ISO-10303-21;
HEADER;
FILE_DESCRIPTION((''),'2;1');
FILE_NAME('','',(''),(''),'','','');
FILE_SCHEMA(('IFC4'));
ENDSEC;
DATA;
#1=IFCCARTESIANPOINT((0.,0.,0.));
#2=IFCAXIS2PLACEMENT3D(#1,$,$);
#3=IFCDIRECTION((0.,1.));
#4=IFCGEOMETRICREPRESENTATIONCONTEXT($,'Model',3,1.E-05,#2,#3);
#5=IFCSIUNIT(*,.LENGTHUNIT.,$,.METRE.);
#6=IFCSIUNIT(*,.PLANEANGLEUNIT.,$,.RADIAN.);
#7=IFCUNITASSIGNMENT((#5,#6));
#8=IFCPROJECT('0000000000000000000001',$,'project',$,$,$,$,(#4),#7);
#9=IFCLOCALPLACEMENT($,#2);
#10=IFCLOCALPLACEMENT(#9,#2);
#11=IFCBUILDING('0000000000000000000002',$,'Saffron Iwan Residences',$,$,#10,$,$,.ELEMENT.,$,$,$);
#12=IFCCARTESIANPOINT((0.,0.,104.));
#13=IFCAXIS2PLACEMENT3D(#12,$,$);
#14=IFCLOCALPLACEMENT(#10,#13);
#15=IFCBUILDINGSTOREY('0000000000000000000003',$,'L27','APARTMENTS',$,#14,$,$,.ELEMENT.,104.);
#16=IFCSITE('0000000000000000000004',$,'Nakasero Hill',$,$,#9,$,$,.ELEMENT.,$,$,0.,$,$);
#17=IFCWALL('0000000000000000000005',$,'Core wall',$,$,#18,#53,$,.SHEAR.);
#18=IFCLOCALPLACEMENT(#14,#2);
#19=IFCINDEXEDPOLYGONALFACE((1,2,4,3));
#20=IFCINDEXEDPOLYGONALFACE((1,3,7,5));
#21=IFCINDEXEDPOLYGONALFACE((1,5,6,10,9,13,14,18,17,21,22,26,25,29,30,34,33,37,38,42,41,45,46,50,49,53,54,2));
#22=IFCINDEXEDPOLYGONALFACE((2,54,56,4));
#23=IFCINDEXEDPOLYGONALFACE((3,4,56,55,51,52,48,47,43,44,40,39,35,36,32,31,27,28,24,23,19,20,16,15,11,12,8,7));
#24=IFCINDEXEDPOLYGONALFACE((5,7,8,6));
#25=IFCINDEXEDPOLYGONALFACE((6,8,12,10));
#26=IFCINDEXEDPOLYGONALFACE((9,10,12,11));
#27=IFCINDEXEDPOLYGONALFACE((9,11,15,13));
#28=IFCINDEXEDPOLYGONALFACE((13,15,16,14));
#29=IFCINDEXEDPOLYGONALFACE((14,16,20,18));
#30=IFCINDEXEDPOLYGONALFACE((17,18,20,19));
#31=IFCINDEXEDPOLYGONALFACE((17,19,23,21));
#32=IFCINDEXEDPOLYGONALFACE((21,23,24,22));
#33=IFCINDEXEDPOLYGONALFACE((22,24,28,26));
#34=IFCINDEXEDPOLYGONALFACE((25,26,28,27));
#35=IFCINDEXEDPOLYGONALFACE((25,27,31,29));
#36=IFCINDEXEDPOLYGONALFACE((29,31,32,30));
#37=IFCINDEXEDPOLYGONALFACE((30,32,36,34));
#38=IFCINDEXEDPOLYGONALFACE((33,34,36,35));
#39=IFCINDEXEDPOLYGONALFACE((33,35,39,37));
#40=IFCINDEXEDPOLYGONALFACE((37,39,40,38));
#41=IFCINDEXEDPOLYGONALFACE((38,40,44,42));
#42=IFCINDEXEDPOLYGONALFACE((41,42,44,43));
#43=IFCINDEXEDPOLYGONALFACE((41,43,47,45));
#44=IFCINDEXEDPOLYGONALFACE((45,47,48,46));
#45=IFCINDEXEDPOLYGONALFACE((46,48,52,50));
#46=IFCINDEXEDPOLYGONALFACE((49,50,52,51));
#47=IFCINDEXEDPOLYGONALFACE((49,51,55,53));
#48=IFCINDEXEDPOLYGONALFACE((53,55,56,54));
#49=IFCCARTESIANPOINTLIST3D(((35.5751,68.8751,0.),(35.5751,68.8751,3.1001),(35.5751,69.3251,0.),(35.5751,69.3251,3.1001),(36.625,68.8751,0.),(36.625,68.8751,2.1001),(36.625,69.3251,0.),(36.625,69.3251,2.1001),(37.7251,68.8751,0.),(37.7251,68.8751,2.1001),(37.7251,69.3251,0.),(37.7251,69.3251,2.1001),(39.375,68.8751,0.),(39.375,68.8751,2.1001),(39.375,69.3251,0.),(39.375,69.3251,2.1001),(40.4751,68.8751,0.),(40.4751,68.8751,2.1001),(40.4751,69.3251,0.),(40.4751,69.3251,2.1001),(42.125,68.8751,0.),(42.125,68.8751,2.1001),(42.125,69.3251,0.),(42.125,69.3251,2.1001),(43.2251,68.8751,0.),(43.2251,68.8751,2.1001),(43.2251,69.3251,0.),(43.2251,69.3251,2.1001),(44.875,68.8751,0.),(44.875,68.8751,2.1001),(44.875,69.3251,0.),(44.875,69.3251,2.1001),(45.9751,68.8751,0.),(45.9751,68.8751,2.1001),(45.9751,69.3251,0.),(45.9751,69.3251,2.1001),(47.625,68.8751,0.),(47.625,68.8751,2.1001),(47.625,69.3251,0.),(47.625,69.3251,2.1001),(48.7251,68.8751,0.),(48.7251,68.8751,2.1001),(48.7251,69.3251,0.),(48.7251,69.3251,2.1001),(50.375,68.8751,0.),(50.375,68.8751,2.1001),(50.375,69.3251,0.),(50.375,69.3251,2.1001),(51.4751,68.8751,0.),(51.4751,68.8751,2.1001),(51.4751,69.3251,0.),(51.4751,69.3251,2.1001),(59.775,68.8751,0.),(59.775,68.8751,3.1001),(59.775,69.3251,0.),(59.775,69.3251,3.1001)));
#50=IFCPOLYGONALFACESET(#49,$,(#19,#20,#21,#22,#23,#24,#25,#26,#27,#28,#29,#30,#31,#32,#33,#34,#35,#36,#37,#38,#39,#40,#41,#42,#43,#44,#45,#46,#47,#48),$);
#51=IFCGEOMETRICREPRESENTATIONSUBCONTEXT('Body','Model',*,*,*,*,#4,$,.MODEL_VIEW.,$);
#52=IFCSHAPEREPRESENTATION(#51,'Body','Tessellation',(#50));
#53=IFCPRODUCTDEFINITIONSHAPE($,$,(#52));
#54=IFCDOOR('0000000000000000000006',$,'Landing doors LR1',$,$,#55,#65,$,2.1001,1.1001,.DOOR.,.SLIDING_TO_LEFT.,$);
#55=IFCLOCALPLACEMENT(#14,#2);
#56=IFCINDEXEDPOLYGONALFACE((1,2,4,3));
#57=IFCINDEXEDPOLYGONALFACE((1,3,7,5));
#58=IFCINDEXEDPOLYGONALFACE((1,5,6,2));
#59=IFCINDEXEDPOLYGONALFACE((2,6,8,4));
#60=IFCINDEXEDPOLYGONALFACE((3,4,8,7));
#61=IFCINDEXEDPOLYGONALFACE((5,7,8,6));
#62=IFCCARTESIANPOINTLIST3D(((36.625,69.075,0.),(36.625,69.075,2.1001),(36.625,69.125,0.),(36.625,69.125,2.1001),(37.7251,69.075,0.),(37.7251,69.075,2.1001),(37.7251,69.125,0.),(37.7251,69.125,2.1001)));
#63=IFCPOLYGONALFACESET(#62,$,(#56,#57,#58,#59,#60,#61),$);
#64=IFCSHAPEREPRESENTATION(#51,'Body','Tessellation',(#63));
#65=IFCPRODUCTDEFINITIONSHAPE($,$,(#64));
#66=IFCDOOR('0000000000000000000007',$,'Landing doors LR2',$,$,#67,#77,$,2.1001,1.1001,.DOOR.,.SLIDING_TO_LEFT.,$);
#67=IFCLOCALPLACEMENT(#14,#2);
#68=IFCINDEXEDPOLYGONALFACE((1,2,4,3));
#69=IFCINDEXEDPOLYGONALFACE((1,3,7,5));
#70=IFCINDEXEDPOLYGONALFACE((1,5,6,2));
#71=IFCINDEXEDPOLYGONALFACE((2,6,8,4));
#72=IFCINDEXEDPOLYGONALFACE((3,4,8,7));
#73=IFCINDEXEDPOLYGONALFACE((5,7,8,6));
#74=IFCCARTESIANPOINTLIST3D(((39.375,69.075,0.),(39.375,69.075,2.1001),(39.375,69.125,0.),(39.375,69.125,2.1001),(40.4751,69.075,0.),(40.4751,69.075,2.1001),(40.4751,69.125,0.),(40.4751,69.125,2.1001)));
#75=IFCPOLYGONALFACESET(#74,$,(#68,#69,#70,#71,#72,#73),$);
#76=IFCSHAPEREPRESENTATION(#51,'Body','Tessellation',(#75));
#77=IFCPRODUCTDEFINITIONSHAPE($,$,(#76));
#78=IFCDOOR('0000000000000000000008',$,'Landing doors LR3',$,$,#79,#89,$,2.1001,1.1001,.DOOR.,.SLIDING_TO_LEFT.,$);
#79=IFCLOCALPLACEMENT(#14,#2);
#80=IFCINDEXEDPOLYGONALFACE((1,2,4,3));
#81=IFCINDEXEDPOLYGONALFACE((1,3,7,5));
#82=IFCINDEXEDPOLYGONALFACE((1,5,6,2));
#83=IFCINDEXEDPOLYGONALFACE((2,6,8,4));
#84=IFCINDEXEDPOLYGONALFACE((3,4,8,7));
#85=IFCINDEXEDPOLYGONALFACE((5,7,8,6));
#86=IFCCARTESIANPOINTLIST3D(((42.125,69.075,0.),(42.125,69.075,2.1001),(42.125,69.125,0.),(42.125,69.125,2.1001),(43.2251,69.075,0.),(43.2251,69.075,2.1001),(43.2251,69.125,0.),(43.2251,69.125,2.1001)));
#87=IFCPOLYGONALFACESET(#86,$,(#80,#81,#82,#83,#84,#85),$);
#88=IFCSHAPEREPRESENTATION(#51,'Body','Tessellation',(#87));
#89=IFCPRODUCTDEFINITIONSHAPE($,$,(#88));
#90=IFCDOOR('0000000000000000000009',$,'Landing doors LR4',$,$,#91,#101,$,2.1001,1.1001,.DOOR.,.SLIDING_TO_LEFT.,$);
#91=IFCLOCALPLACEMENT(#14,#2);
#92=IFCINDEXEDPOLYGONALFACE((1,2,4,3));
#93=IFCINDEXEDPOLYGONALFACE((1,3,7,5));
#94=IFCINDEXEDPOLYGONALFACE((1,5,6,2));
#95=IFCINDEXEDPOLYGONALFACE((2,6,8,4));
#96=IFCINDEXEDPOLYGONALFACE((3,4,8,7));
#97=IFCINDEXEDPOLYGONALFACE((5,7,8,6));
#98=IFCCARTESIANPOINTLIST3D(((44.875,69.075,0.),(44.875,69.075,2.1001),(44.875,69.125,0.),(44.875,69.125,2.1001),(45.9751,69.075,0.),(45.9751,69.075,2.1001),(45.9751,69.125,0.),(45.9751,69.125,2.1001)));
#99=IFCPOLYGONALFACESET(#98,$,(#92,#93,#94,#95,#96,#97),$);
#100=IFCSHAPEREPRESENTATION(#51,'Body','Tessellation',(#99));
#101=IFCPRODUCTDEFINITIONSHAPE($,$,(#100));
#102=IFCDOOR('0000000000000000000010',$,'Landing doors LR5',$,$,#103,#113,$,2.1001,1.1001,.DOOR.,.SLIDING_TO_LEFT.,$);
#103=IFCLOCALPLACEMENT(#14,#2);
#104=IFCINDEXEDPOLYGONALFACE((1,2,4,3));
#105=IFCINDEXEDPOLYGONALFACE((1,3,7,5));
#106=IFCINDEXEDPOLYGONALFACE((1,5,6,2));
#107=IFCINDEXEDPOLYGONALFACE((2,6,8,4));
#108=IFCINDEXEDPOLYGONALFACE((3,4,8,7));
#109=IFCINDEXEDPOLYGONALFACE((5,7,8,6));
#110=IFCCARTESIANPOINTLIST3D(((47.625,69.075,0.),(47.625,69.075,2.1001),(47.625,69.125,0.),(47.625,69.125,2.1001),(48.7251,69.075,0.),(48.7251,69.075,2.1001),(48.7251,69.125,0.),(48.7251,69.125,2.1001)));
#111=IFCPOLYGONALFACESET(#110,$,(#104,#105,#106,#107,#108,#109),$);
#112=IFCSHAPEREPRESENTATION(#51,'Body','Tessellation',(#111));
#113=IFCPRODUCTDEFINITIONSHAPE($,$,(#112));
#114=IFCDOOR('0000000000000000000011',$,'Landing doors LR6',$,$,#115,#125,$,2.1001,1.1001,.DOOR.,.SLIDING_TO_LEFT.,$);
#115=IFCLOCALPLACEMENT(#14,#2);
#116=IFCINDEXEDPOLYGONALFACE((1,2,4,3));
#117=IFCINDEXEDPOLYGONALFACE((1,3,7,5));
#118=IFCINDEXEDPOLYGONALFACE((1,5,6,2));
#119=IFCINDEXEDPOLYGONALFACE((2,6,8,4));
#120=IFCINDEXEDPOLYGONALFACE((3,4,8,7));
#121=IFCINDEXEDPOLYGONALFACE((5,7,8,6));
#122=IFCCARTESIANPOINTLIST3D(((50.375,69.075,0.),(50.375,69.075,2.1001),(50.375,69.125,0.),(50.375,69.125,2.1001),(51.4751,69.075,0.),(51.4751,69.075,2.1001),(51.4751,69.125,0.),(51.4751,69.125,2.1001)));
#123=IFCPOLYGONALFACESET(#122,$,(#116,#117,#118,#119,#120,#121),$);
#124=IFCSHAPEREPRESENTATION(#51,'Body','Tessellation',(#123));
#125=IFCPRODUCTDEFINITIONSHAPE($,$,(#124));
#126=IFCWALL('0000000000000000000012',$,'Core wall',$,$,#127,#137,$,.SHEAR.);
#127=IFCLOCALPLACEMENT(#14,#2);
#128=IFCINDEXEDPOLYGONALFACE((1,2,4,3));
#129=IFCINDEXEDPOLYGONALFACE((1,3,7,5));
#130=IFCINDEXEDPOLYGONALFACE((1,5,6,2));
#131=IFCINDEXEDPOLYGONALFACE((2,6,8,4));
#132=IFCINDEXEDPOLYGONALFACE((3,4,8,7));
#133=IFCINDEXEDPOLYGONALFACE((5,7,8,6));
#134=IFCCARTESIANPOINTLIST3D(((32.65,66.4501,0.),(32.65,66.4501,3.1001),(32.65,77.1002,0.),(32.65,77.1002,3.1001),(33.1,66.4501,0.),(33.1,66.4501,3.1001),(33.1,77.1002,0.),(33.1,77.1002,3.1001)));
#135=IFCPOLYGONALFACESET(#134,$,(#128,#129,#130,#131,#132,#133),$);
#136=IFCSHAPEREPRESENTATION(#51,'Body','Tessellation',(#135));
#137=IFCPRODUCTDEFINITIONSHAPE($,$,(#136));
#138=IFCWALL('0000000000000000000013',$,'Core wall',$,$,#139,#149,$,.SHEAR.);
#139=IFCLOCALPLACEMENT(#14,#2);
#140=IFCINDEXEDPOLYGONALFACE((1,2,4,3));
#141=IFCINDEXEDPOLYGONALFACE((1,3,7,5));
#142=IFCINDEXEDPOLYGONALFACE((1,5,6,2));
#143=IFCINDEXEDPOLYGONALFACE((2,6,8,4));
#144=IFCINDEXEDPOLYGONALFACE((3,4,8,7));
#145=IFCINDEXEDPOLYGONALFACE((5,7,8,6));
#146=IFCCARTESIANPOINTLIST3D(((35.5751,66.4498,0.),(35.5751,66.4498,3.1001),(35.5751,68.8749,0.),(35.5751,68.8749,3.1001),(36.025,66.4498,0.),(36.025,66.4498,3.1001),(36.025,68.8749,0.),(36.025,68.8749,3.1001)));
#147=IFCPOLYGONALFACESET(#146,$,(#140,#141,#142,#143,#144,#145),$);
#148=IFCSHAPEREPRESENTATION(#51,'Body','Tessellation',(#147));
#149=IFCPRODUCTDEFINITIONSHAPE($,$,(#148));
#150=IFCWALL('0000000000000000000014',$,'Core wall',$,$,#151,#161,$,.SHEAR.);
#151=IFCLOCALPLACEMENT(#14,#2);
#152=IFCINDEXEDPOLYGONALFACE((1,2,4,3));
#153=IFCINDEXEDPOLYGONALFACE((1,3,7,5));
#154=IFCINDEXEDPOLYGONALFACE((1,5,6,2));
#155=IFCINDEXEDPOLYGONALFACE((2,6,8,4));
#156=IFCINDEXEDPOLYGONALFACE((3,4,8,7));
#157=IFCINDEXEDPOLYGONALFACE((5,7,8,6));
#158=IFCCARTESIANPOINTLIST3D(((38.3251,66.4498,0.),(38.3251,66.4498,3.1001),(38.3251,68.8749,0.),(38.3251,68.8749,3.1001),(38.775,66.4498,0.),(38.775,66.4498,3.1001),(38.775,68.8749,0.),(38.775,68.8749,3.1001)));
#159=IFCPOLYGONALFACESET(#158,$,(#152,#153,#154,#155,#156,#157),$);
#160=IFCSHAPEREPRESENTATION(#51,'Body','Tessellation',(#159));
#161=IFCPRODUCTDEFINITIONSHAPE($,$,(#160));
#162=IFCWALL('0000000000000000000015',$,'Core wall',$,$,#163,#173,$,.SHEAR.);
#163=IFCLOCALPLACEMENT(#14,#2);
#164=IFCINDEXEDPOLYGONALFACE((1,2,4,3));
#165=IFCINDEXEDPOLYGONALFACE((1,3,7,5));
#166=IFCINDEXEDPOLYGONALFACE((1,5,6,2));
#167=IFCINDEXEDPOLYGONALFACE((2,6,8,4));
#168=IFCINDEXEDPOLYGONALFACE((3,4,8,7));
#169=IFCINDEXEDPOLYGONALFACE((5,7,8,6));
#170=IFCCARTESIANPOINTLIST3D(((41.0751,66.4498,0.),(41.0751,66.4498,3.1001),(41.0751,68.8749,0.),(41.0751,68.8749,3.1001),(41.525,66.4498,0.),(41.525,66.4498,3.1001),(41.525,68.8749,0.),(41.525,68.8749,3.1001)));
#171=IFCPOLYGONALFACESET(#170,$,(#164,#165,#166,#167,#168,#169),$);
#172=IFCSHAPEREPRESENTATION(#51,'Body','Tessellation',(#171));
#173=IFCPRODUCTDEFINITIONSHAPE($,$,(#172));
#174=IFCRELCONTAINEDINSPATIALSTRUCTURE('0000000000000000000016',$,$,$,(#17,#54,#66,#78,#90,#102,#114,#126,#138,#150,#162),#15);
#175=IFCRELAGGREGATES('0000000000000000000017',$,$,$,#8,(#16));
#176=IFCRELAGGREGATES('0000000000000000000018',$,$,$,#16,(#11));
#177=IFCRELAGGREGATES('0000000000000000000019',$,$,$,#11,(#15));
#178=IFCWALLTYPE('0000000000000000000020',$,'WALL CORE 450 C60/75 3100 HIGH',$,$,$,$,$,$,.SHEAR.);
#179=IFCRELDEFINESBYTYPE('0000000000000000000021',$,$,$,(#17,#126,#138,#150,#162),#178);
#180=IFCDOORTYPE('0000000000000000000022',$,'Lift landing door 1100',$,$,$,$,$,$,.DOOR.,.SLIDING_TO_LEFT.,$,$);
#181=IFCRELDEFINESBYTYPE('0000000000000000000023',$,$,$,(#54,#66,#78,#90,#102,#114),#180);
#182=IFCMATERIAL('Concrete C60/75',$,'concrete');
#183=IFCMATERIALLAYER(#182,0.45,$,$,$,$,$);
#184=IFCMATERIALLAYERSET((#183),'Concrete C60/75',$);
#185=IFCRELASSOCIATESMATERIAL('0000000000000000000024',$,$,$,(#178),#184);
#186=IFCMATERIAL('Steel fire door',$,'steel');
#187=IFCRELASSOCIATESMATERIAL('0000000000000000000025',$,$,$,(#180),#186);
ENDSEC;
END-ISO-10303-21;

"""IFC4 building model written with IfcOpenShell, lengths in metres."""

from ifc_helpers import new_model, si_unit, direction, frame, frame_2d, origin, place, context, subcontext, project, spatial, rectangle, extrude, material, layer, layer_set, type_object, element, fill, save


model = new_model("IFC4")

# Units and contexts
model_context = context("Model", 3, precision=1e-05, world=origin(), true_north=direction((0.0, 1.0)))
body_context = subcontext(model_context, "Body", "Model", "MODEL_VIEW")
ifc_project = project(units=[si_unit("LENGTHUNIT", "METRE"), si_unit("PLANEANGLEUNIT", "RADIAN")], contexts=[model_context])

# Site, building, storey
site_placement = place(None, origin())
site = spatial("IfcSite", under=ifc_project, at=site_placement, Name="Nakasero Hill", CompositionType="ELEMENT", RefElevation=0.0)
building_placement = place(site_placement, origin())
building = spatial("IfcBuilding", under=site, at=building_placement, Name="Saffron Iwan Residences", CompositionType="ELEMENT")
storey_placement = place(building_placement, frame((0.0, 0.0, 104.0)))
storey = spatial("IfcBuildingStorey", under=building, at=storey_placement, Name="L27", Description="APARTMENTS", CompositionType="ELEMENT", Elevation=104.0)

# Wall, openings, doors
ifc_material_1 = material(Name="Concrete C60/75", Category="concrete")
ifc_layer_1 = layer(ifc_material_1, 0.45)
ifc_layer_set_1 = layer_set([ifc_layer_1], Name="Concrete C60/75")
wall_type_1 = type_object("IfcWallType", Name="WALL CORE 450 C60/75 3100 HIGH", PredefinedType="SHEAR", material=ifc_layer_set_1)
ifc_material_2 = material(Name="Steel fire door", Category="steel")
wall_1_placement = place(storey_placement, frame((35.575, 69.1001, 0.0), z_axis=(0.0, 0.0, 1.0), x_axis=(1.0, 0.0, 0.0)))
wall_1 = element("IfcWall", 1, at=wall_1_placement, inside=storey, type_object=wall_type_1, Name="Core wall", PredefinedType="SHEAR", context=body_context, shape_type="SweptSolid", body=[
    extrude(rectangle(XDim=24.2, YDim=0.45, at=frame_2d((12.1001, 0.0))), origin(), (0.0, 0.0, 1.0), 3.1001),
])
opening_1_placement = place(wall_1_placement, frame((1.05, 0.0, 0.0)))
opening_1 = element("IfcOpeningElement", 2, at=opening_1_placement, cuts=wall_1, PredefinedType="OPENING", context=body_context, shape_type="SweptSolid", body=[
    extrude(rectangle(XDim=1.1001, YDim=2.1001, at=frame_2d((0.55, 1.05))), frame((0.0, 0.2349, 0.0), z_axis=(0.0, -1.0, 0.0), x_axis=(1.0, 0.0, 0.0)), (0.0, 0.0, 1.0), 0.47),
])
opening_2_placement = place(wall_1_placement, frame((3.8, 0.0, 0.0)))
opening_2 = element("IfcOpeningElement", 3, at=opening_2_placement, cuts=wall_1, PredefinedType="OPENING", context=body_context, shape_type="SweptSolid", body=[
    extrude(rectangle(XDim=1.1001, YDim=2.1001, at=frame_2d((0.55, 1.05))), frame((0.0, 0.2349, 0.0), z_axis=(0.0, -1.0, 0.0), x_axis=(1.0, 0.0, 0.0)), (0.0, 0.0, 1.0), 0.47),
])
opening_3_placement = place(wall_1_placement, frame((6.55, 0.0, 0.0)))
opening_3 = element("IfcOpeningElement", 4, at=opening_3_placement, cuts=wall_1, PredefinedType="OPENING", context=body_context, shape_type="SweptSolid", body=[
    extrude(rectangle(XDim=1.1001, YDim=2.1001, at=frame_2d((0.55, 1.05))), frame((0.0, 0.2349, 0.0), z_axis=(0.0, -1.0, 0.0), x_axis=(1.0, 0.0, 0.0)), (0.0, 0.0, 1.0), 0.47),
])
opening_4_placement = place(wall_1_placement, frame((9.3, 0.0, 0.0)))
opening_4 = element("IfcOpeningElement", 5, at=opening_4_placement, cuts=wall_1, PredefinedType="OPENING", context=body_context, shape_type="SweptSolid", body=[
    extrude(rectangle(XDim=1.1001, YDim=2.1001, at=frame_2d((0.55, 1.05))), frame((0.0, 0.2349, 0.0), z_axis=(0.0, -1.0, 0.0), x_axis=(1.0, 0.0, 0.0)), (0.0, 0.0, 1.0), 0.47),
])
opening_5_placement = place(wall_1_placement, frame((12.05, 0.0, 0.0)))
opening_5 = element("IfcOpeningElement", 6, at=opening_5_placement, cuts=wall_1, PredefinedType="OPENING", context=body_context, shape_type="SweptSolid", body=[
    extrude(rectangle(XDim=1.1001, YDim=2.1001, at=frame_2d((0.55, 1.05))), frame((0.0, 0.2349, 0.0), z_axis=(0.0, -1.0, 0.0), x_axis=(1.0, 0.0, 0.0)), (0.0, 0.0, 1.0), 0.47),
])
opening_6_placement = place(wall_1_placement, frame((14.8, 0.0, 0.0)))
opening_6 = element("IfcOpeningElement", 7, at=opening_6_placement, cuts=wall_1, PredefinedType="OPENING", context=body_context, shape_type="SweptSolid", body=[
    extrude(rectangle(XDim=1.1001, YDim=2.1001, at=frame_2d((0.55, 1.05))), frame((0.0, 0.2349, 0.0), z_axis=(0.0, -1.0, 0.0), x_axis=(1.0, 0.0, 0.0)), (0.0, 0.0, 1.0), 0.47),
])
door_type_1 = type_object("IfcDoorType", Name="Lift landing door 1100", OperationType="SLIDING_TO_LEFT", PredefinedType="DOOR", material=ifc_material_2)
door_1_placement = place(opening_1_placement, origin())
door_1 = element("IfcDoor", 8, at=door_1_placement, inside=storey, type_object=door_type_1, Name="Landing doors LR1", OperationType="SLIDING_TO_LEFT", OverallHeight=2.1001, OverallWidth=1.1001, PredefinedType="DOOR", context=body_context, shape_type="SweptSolid", body=[
    extrude(rectangle(XDim=1.1001, YDim=2.1001, at=frame_2d((0.55, 1.05))), frame((0.0, 0.0249, 0.0), z_axis=(0.0, -1.0, 0.0), x_axis=(1.0, 0.0, 0.0)), (0.0, 0.0, 1.0), 0.05),
])
fill(opening_1, door_1)
door_2_placement = place(opening_2_placement, origin())
door_2 = element("IfcDoor", 9, at=door_2_placement, inside=storey, type_object=door_type_1, Name="Landing doors LR2", OperationType="SLIDING_TO_LEFT", OverallHeight=2.1001, OverallWidth=1.1001, PredefinedType="DOOR", context=body_context, shape_type="SweptSolid", body=[
    extrude(rectangle(XDim=1.1001, YDim=2.1001, at=frame_2d((0.55, 1.05))), frame((0.0, 0.0249, 0.0), z_axis=(0.0, -1.0, 0.0), x_axis=(1.0, 0.0, 0.0)), (0.0, 0.0, 1.0), 0.05),
])
fill(opening_2, door_2)
door_3_placement = place(opening_3_placement, origin())
door_3 = element("IfcDoor", 10, at=door_3_placement, inside=storey, type_object=door_type_1, Name="Landing doors LR3", OperationType="SLIDING_TO_LEFT", OverallHeight=2.1001, OverallWidth=1.1001, PredefinedType="DOOR", context=body_context, shape_type="SweptSolid", body=[
    extrude(rectangle(XDim=1.1001, YDim=2.1001, at=frame_2d((0.55, 1.05))), frame((0.0, 0.0249, 0.0), z_axis=(0.0, -1.0, 0.0), x_axis=(1.0, 0.0, 0.0)), (0.0, 0.0, 1.0), 0.05),
])
fill(opening_3, door_3)
door_4_placement = place(opening_4_placement, origin())
door_4 = element("IfcDoor", 11, at=door_4_placement, inside=storey, type_object=door_type_1, Name="Landing doors LR4", OperationType="SLIDING_TO_LEFT", OverallHeight=2.1001, OverallWidth=1.1001, PredefinedType="DOOR", context=body_context, shape_type="SweptSolid", body=[
    extrude(rectangle(XDim=1.1001, YDim=2.1001, at=frame_2d((0.55, 1.05))), frame((0.0, 0.0249, 0.0), z_axis=(0.0, -1.0, 0.0), x_axis=(1.0, 0.0, 0.0)), (0.0, 0.0, 1.0), 0.05),
])
fill(opening_4, door_4)
door_5_placement = place(opening_5_placement, origin())
door_5 = element("IfcDoor", 12, at=door_5_placement, inside=storey, type_object=door_type_1, Name="Landing doors LR5", OperationType="SLIDING_TO_LEFT", OverallHeight=2.1001, OverallWidth=1.1001, PredefinedType="DOOR", context=body_context, shape_type="SweptSolid", body=[
    extrude(rectangle(XDim=1.1001, YDim=2.1001, at=frame_2d((0.55, 1.05))), frame((0.0, 0.0249, 0.0), z_axis=(0.0, -1.0, 0.0), x_axis=(1.0, 0.0, 0.0)), (0.0, 0.0, 1.0), 0.05),
])
fill(opening_5, door_5)
door_6_placement = place(opening_6_placement, origin())
door_6 = element("IfcDoor", 13, at=door_6_placement, inside=storey, type_object=door_type_1, Name="Landing doors LR6", OperationType="SLIDING_TO_LEFT", OverallHeight=2.1001, OverallWidth=1.1001, PredefinedType="DOOR", context=body_context, shape_type="SweptSolid", body=[
    extrude(rectangle(XDim=1.1001, YDim=2.1001, at=frame_2d((0.55, 1.05))), frame((0.0, 0.0249, 0.0), z_axis=(0.0, -1.0, 0.0), x_axis=(1.0, 0.0, 0.0)), (0.0, 0.0, 1.0), 0.05),
])
fill(opening_6, door_6)

# Walls
wall_2_placement = place(storey_placement, frame((32.875, 66.45, 0.0), z_axis=(0.0, 0.0, 1.0), x_axis=(0.0, 1.0, 0.0)))
element("IfcWall", 14, at=wall_2_placement, inside=storey, type_object=wall_type_1, Name="Core wall", PredefinedType="SHEAR", context=body_context, shape_type="SweptSolid", body=[
    extrude(rectangle(XDim=10.6501, YDim=0.45, at=frame_2d((5.3252, 0.0))), origin(), (0.0, 0.0, 1.0), 3.1001),
])
for number, where, z_axis, x_axis, name in (
    (15, (35.8, 66.45, 0.0), (0.0, 0.0, 1.0), (0.0, 1.0, 0.0), "Core wall"),
    (16, (38.55, 66.45, 0.0), (0.0, 0.0, 1.0), (0.0, 1.0, 0.0), "Core wall"),
    (17, (41.3, 66.45, 0.0), (0.0, 0.0, 1.0), (0.0, 1.0, 0.0), "Core wall"),
):
    element("IfcWall", number, at=place(storey_placement, frame(where, z_axis=z_axis, x_axis=x_axis)), inside=storey, type_object=wall_type_1, Name=name, PredefinedType="SHEAR", context=body_context, shape_type="SweptSolid", body=[
        extrude(rectangle(XDim=2.425, YDim=0.45, at=frame_2d((1.2124, 0.0))), origin(), (0.0, 0.0, 1.0), 3.1001),
    ])

save(model, "model.ifc")
